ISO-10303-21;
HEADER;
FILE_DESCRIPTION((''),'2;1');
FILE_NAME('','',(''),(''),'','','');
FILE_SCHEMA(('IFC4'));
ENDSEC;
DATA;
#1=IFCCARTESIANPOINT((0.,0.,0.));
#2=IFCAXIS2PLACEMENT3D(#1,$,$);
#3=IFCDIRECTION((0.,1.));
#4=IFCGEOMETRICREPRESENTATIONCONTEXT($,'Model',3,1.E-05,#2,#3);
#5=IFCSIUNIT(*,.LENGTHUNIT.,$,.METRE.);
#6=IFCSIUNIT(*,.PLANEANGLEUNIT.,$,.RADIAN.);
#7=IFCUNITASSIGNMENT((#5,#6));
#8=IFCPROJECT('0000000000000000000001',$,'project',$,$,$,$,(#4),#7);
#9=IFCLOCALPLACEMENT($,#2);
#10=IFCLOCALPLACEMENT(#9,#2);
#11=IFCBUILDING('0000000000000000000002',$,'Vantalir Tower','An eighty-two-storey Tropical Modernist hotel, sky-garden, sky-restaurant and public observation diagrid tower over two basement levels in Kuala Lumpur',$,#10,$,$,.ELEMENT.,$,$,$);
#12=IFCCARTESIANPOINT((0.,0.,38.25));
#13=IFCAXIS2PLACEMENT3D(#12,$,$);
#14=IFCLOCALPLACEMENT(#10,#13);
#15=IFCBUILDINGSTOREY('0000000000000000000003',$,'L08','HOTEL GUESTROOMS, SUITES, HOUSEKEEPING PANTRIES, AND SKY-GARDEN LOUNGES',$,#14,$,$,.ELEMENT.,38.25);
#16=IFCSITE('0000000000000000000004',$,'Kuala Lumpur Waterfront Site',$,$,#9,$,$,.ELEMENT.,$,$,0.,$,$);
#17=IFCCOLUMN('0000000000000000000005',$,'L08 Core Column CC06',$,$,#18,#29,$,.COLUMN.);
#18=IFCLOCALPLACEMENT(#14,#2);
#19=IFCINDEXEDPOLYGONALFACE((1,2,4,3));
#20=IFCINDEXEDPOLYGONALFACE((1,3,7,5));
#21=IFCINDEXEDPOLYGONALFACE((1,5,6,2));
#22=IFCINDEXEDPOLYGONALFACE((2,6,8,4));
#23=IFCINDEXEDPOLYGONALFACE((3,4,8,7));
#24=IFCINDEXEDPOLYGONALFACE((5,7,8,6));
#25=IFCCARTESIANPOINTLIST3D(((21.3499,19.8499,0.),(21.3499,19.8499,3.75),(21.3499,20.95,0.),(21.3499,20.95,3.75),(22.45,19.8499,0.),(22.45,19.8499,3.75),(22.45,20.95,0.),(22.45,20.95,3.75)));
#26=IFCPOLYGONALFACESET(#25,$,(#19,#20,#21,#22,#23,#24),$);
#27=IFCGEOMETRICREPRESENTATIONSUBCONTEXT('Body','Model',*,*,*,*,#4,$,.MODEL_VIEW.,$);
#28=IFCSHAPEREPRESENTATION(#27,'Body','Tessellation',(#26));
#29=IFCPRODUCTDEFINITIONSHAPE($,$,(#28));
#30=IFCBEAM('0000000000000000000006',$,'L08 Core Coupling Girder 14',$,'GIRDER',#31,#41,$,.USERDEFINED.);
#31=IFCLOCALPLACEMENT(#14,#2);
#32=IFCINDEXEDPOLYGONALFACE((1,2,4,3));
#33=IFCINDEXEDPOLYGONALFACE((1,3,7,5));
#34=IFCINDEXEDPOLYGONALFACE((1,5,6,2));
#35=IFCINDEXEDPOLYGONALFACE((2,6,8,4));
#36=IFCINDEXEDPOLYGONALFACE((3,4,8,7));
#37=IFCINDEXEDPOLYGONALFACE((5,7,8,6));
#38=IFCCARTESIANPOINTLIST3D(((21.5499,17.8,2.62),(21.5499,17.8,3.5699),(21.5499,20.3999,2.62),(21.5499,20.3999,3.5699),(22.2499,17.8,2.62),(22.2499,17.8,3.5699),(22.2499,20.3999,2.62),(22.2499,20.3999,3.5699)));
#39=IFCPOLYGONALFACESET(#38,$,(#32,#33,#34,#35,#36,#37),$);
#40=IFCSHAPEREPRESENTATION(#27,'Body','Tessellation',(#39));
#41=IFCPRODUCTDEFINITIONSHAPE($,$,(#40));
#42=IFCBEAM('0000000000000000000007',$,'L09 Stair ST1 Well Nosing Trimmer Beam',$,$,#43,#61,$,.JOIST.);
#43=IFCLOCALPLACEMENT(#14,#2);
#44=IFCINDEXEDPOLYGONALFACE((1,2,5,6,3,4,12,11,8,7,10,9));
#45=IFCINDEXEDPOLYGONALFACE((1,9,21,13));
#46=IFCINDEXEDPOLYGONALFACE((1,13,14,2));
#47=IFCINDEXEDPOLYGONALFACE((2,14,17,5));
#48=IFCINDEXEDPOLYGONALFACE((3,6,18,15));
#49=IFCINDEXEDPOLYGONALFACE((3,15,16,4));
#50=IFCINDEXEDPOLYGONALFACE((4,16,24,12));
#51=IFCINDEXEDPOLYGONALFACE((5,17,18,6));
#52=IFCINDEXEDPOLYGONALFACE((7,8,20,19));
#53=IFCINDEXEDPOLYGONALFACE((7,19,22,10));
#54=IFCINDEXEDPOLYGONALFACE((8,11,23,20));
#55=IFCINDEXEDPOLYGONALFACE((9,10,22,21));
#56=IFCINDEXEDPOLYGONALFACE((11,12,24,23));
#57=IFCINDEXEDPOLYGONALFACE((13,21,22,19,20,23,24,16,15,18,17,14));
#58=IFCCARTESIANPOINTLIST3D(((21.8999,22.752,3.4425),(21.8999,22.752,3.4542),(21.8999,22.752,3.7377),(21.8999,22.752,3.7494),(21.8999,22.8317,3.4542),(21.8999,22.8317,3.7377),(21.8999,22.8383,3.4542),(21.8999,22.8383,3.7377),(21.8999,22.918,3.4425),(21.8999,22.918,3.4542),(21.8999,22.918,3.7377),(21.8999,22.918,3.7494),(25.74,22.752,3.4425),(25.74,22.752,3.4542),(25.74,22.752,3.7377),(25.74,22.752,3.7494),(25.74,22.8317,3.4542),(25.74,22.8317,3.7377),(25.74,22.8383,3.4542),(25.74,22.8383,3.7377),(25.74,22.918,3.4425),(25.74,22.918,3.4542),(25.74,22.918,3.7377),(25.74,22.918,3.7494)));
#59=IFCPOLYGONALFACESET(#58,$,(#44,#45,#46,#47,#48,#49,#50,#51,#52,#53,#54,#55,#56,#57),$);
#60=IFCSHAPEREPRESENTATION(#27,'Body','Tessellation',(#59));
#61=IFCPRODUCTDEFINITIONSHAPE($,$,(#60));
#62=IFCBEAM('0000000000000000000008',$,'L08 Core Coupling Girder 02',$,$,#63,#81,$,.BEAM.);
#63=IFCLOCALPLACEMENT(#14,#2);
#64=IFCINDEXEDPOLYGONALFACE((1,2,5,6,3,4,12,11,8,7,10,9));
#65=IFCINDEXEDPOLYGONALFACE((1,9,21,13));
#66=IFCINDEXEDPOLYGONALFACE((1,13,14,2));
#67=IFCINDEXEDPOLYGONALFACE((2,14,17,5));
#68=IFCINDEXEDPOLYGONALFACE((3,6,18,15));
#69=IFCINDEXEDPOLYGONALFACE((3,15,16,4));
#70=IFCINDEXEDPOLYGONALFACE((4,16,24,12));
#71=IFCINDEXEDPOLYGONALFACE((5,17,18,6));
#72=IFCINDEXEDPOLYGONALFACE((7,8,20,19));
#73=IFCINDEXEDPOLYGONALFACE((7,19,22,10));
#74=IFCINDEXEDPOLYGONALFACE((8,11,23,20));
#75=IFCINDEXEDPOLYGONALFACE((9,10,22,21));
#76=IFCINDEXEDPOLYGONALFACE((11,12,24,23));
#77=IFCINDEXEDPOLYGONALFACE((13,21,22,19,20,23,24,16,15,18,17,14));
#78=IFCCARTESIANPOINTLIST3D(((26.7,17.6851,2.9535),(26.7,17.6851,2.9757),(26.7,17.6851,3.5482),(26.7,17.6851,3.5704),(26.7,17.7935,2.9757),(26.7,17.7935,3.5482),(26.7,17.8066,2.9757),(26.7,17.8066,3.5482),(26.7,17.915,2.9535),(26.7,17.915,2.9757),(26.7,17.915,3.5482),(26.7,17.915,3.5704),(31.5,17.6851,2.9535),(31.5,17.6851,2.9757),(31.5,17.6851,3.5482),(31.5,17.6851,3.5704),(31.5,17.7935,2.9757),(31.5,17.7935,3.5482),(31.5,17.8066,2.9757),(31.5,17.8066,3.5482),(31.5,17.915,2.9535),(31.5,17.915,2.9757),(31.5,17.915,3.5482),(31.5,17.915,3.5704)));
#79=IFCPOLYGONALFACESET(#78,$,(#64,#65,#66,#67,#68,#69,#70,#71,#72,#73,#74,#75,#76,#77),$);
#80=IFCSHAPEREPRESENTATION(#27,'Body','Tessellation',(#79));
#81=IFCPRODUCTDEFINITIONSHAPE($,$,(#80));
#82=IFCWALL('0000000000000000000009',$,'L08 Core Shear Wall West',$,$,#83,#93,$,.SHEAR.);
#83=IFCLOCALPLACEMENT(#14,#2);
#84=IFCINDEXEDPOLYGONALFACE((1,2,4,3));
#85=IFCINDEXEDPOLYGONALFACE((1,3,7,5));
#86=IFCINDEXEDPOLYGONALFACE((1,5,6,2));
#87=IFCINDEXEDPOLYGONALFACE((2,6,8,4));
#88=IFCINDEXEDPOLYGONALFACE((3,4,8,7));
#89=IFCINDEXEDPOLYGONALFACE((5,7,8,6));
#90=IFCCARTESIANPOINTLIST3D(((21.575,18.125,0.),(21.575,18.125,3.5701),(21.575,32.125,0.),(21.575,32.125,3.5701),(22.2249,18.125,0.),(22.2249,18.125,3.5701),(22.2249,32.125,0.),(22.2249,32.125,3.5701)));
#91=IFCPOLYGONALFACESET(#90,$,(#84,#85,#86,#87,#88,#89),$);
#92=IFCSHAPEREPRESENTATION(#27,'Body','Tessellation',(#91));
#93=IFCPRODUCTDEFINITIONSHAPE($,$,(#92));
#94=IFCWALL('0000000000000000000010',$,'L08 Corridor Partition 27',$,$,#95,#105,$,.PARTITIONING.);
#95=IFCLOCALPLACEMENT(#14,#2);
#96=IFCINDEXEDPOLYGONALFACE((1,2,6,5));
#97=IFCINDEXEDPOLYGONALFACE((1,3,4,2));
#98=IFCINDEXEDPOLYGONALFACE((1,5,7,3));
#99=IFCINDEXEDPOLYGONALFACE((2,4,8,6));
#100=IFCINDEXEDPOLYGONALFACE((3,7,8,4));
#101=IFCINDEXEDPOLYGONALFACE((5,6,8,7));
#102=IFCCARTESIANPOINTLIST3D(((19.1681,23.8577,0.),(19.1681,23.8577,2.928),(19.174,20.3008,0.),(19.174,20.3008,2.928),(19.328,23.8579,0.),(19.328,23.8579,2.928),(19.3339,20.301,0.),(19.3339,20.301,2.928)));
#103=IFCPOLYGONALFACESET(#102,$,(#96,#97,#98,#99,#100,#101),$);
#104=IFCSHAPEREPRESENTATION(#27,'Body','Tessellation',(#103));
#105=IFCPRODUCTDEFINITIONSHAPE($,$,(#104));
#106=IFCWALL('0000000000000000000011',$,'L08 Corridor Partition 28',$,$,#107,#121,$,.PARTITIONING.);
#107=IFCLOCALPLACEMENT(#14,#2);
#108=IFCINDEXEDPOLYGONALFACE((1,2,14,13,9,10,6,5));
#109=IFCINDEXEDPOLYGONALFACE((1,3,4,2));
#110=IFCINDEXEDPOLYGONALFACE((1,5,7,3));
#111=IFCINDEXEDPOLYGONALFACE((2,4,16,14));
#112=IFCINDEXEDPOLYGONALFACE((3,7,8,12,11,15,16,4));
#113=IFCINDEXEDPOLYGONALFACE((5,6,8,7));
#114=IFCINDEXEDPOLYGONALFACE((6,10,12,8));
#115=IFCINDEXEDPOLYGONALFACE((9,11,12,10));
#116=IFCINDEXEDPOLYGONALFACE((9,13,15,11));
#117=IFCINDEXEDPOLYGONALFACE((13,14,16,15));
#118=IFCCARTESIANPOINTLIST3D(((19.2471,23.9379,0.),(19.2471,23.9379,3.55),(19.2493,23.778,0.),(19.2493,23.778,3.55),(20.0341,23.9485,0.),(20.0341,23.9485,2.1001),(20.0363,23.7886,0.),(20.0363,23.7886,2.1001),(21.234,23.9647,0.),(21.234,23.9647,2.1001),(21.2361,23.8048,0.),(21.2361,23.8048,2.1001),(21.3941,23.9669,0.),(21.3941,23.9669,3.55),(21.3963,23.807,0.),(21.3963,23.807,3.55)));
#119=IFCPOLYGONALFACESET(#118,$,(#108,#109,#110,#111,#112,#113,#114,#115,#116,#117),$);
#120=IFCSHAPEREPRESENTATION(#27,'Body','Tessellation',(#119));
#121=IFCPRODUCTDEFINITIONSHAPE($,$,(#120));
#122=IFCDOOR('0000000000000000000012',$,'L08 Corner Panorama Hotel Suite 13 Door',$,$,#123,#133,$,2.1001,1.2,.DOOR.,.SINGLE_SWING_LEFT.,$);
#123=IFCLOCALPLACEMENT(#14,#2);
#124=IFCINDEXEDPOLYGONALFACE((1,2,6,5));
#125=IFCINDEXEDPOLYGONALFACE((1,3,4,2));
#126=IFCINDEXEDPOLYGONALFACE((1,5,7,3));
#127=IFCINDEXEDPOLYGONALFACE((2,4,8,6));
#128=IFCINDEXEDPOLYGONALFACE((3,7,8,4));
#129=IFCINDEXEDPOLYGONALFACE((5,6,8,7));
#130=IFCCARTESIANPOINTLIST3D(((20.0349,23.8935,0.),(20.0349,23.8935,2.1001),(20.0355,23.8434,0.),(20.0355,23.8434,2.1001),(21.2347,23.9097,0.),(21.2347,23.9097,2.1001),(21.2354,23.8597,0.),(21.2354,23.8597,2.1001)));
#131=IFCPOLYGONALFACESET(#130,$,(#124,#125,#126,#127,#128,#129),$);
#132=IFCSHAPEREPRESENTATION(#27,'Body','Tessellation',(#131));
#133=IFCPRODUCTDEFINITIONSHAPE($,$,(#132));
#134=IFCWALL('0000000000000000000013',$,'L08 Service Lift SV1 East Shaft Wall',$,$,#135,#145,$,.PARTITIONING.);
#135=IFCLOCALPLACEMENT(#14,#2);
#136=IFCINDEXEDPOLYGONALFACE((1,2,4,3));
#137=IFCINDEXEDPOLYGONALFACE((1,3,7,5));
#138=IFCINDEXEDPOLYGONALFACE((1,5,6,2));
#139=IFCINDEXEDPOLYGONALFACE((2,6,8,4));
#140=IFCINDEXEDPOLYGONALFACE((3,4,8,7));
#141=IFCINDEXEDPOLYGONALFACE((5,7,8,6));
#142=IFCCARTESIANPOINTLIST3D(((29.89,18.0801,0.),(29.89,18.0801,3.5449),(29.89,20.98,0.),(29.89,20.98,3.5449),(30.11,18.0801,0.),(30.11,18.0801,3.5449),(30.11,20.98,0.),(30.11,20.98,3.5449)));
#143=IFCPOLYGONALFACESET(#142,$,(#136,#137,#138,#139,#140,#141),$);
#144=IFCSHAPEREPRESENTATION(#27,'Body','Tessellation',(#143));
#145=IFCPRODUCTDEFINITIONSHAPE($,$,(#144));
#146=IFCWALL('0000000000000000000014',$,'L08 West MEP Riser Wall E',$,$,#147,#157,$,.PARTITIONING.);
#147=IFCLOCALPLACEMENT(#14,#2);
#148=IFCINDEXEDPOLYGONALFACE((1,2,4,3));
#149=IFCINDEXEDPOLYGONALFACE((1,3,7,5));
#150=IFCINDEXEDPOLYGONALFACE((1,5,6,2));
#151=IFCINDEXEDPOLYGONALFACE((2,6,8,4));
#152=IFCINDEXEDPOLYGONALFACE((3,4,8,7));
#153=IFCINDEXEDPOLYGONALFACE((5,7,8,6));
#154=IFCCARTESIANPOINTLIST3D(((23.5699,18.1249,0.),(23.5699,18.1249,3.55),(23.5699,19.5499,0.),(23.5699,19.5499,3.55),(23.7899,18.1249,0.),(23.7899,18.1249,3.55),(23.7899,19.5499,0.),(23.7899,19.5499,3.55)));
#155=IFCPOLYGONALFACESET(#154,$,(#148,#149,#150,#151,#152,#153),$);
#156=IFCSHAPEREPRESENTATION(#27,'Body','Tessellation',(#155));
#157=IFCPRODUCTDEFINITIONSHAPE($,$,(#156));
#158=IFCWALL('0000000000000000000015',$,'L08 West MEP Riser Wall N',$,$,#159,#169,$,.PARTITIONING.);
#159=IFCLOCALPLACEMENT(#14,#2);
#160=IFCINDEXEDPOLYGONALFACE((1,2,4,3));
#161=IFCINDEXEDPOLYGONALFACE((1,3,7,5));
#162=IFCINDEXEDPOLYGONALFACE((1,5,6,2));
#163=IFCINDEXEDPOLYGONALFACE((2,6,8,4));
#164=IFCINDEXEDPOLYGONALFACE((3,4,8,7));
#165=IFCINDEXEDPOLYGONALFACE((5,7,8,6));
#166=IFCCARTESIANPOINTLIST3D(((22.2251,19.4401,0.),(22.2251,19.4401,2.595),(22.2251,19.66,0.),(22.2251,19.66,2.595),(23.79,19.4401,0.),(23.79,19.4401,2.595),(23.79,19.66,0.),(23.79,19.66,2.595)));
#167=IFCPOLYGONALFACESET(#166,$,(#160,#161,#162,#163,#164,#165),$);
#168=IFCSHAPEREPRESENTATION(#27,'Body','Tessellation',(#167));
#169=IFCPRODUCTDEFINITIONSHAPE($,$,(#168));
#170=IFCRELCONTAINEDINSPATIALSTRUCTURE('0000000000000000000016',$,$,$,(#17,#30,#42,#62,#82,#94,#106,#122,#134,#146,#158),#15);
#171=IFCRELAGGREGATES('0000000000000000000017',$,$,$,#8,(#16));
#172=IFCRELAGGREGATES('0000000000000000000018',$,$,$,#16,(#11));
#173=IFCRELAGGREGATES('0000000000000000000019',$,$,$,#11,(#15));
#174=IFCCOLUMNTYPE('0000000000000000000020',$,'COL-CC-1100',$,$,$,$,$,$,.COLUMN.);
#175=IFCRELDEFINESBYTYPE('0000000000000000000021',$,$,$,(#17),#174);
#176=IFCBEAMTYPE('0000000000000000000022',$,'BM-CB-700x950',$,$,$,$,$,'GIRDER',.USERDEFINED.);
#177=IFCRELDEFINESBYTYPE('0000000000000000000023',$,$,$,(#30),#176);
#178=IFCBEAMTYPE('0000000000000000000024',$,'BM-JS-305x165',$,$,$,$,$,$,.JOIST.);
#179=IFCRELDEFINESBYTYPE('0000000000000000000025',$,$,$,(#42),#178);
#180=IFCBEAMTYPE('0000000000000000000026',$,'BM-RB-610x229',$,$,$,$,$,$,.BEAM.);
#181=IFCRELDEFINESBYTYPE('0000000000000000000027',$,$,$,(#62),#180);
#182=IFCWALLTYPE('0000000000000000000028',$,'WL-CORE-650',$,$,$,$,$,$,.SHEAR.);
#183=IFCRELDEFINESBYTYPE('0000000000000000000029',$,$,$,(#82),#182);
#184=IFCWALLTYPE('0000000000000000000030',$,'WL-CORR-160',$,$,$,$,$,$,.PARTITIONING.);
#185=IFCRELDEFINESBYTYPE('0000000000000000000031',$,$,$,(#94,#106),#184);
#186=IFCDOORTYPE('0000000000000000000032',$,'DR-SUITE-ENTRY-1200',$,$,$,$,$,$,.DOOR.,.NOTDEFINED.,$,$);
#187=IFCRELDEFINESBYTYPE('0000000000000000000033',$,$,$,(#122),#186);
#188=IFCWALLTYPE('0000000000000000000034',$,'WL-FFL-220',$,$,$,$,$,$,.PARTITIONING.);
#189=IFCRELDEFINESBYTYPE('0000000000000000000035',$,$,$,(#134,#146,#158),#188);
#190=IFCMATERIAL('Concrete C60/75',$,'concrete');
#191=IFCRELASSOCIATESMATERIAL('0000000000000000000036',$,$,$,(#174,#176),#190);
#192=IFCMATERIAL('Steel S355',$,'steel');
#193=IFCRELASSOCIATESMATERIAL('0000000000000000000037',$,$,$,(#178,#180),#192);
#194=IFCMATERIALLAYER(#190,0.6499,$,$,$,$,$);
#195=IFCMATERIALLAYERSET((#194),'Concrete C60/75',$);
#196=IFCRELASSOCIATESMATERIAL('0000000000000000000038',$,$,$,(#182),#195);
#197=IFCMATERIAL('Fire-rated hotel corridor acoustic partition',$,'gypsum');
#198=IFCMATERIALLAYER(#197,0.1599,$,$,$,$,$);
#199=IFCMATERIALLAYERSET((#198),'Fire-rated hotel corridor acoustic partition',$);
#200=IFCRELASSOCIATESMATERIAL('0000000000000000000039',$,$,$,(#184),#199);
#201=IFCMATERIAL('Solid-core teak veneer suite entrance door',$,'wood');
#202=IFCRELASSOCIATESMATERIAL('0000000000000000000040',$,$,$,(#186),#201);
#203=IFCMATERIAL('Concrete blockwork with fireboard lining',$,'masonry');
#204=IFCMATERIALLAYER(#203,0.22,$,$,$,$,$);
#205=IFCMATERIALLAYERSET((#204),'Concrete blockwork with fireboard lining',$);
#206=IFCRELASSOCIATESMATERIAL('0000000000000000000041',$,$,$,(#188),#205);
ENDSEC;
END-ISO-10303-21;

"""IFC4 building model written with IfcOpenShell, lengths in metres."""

from ifc_helpers import new_model, si_unit, direction, frame, frame_2d, origin, origin_2d, place, context, subcontext, project, spatial, rectangle, i_section, extrude, material, layer, layer_set, material_profile, profile_set, type_object, element, fill, save


model = new_model("IFC4")

# Units and contexts
model_context = context("Model", 3, precision=1e-05, world=origin(), true_north=direction((0.0, 1.0)))
body_context = subcontext(model_context, "Body", "Model", "MODEL_VIEW")
ifc_project = project(units=[si_unit("LENGTHUNIT", "METRE"), si_unit("PLANEANGLEUNIT", "RADIAN")], contexts=[model_context])

# Site, building, storey
site_placement = place(None, origin())
site = spatial("IfcSite", under=ifc_project, at=site_placement, Name="Kuala Lumpur Waterfront Site", CompositionType="ELEMENT", RefElevation=0.0)
building_placement = place(site_placement, origin())
building = spatial("IfcBuilding", under=site, at=building_placement, Name="Vantalir Tower", Description="An eighty-two-storey Tropical Modernist hotel, sky-garden, sky-restaurant and public observation diagrid tower over two basement levels in Kuala Lumpur", CompositionType="ELEMENT")
storey_placement = place(building_placement, frame((0.0, 0.0, 38.25)))
storey = spatial("IfcBuildingStorey", under=building, at=storey_placement, Name="L08", Description="HOTEL GUESTROOMS, SUITES, HOUSEKEEPING PANTRIES, AND SKY-GARDEN LOUNGES", CompositionType="ELEMENT", Elevation=38.25)

# Column
ifc_material_1 = material(Name="Concrete C60/75", Category="concrete")
ifc_material_profile_1 = material_profile(ifc_material_1, rectangle(XDim=1.1001, YDim=1.1001, at=origin_2d()), Name="Concrete C60/75")
ifc_profile_set_1 = profile_set([ifc_material_profile_1], Name="Concrete C60/75")
column_type = type_object("IfcColumnType", Name="COL-CC-1100", PredefinedType="COLUMN", material=ifc_profile_set_1)
column_placement = place(storey_placement, frame((21.8999, 20.3999, 0.0), z_axis=(0.0, 0.0, 1.0), x_axis=(1.0, 0.0, 0.0)))
element("IfcColumn", 1, at=column_placement, inside=storey, type_object=column_type, Name="L08 Core Column CC06", PredefinedType="COLUMN", context=body_context, shape_type="SweptSolid", body=[
    extrude(rectangle(XDim=1.1001, YDim=1.1001, at=origin_2d()), origin(), (0.0, 0.0, 1.0), 3.75),
])

# Beams
ifc_material_profile_2 = material_profile(ifc_material_1, rectangle(XDim=0.7, YDim=0.95, at=origin_2d()), Name="Concrete C60/75")
ifc_profile_set_2 = profile_set([ifc_material_profile_2], Name="Concrete C60/75")
beam_type_1 = type_object("IfcBeamType", Name="BM-CB-700x950", ElementType="GIRDER", PredefinedType="USERDEFINED", material=ifc_profile_set_2)
beam_1_placement = place(storey_placement, frame((21.8999, 20.3999, 3.095), z_axis=(0.0, -1.0, 0.0), x_axis=(1.0, 0.0, 0.0)))
element("IfcBeam", 2, at=beam_1_placement, inside=storey, type_object=beam_type_1, Name="L08 Core Coupling Girder 14", ObjectType="GIRDER", PredefinedType="USERDEFINED", context=body_context, shape_type="SweptSolid", body=[
    extrude(rectangle(XDim=0.7, YDim=0.95, at=origin_2d()), origin(), (0.0, 0.0, 1.0), 2.5999),
])
ifc_material_2 = material(Name="Steel S355", Category="steel")
ifc_material_profile_3 = material_profile(ifc_material_2, i_section(OverallWidth=0.166, OverallDepth=0.3069, WebThickness=0.0066, FlangeThickness=0.0117, at=origin_2d()), Name="Steel S355")
ifc_profile_set_3 = profile_set([ifc_material_profile_3], Name="Steel S355")
beam_type_2 = type_object("IfcBeamType", Name="BM-JS-305x165", PredefinedType="JOIST", material=ifc_profile_set_3)
beam_2_placement = place(storey_placement, frame((21.8999, 22.835, 3.5959), z_axis=(1.0, 0.0, 0.0), x_axis=(0.0, 1.0, 0.0)))
element("IfcBeam", 3, at=beam_2_placement, inside=storey, type_object=beam_type_2, Name="L09 Stair ST1 Well Nosing Trimmer Beam", PredefinedType="JOIST", context=body_context, shape_type="SweptSolid", body=[
    extrude(i_section(OverallWidth=0.166, OverallDepth=0.3069, WebThickness=0.0066, FlangeThickness=0.0117, at=origin_2d()), origin(), (0.0, 0.0, 1.0), 3.8401),
])
ifc_material_profile_4 = material_profile(ifc_material_2, i_section(OverallWidth=0.23, OverallDepth=0.6169, WebThickness=0.0132, FlangeThickness=0.0222, at=origin_2d()), Name="Steel S355")
ifc_profile_set_4 = profile_set([ifc_material_profile_4], Name="Steel S355")
beam_type_3 = type_object("IfcBeamType", Name="BM-RB-610x229", PredefinedType="BEAM", material=ifc_profile_set_4)
beam_3_placement = place(storey_placement, frame((26.7, 17.8, 3.262), z_axis=(1.0, 0.0, 0.0), x_axis=(0.0, 1.0, 0.0)))
element("IfcBeam", 4, at=beam_3_placement, inside=storey, type_object=beam_type_3, Name="L08 Core Coupling Girder 02", PredefinedType="BEAM", context=body_context, shape_type="SweptSolid", body=[
    extrude(i_section(OverallWidth=0.23, OverallDepth=0.6169, WebThickness=0.0132, FlangeThickness=0.0222, at=origin_2d()), origin(), (0.0, 0.0, 1.0), 4.8),
])

# Walls
ifc_layer_1 = layer(ifc_material_1, 0.6499)
ifc_layer_set_1 = layer_set([ifc_layer_1], Name="Concrete C60/75")
wall_type_1 = type_object("IfcWallType", Name="WL-CORE-650", PredefinedType="SHEAR", material=ifc_layer_set_1)
wall_1_placement = place(storey_placement, frame((21.8999, 18.125, 0.0), z_axis=(0.0, 0.0, 1.0), x_axis=(0.0, 1.0, 0.0)))
element("IfcWall", 5, at=wall_1_placement, inside=storey, type_object=wall_type_1, Name="L08 Core Shear Wall West", PredefinedType="SHEAR", context=body_context, shape_type="SweptSolid", body=[
    extrude(rectangle(XDim=14.0, YDim=0.6499, at=frame_2d((7.0, 0.0))), origin(), (0.0, 0.0, 1.0), 3.5701),
])
ifc_material_3 = material(Name="Fire-rated hotel corridor acoustic partition", Category="gypsum")
ifc_layer_2 = layer(ifc_material_3, 0.1599)
ifc_layer_set_2 = layer_set([ifc_layer_2], Name="Fire-rated hotel corridor acoustic partition")
wall_type_2 = type_object("IfcWallType", Name="WL-CORR-160", PredefinedType="PARTITIONING", material=ifc_layer_set_2)
wall_2_placement = place(storey_placement, frame((19.2539, 20.301, 0.0), z_axis=(0.0, 0.0, 1.0), x_axis=(-0.001647, 0.999999, 0.0)))
element("IfcWall", 6, at=wall_2_placement, inside=storey, type_object=wall_type_2, Name="L08 Corridor Partition 27", PredefinedType="PARTITIONING", context=body_context, shape_type="SweptSolid", body=[
    extrude(rectangle(XDim=3.5569, YDim=0.1599, at=frame_2d((1.7783, 0.0))), origin(), (0.0, 0.0, 1.0), 2.928),
])

# Wall, opening, door
wall_3_placement = place(storey_placement, frame((19.248, 23.8579, 0.0), z_axis=(0.0, 0.0, 1.0), x_axis=(0.999908, 0.013531, 0.0)))
wall_3 = element("IfcWall", 7, at=wall_3_placement, inside=storey, type_object=wall_type_2, Name="L08 Corridor Partition 28", PredefinedType="PARTITIONING", context=body_context, shape_type="SweptSolid", body=[
    extrude(rectangle(XDim=2.1472, YDim=0.1599, at=frame_2d((1.0737, 0.0))), origin(), (0.0, 0.0, 1.0), 3.55),
])
opening_1_placement = place(wall_3_placement, frame((0.7871, 0.0, 0.0)))
opening_1 = element("IfcOpeningElement", 8, at=opening_1_placement, cuts=wall_3, PredefinedType="OPENING", context=body_context, shape_type="SweptSolid", body=[
    extrude(rectangle(XDim=1.2, YDim=2.1001, at=frame_2d((0.6001, 1.05))), frame((0.0, 0.0898, 0.0), z_axis=(0.0, -1.0, 0.0), x_axis=(1.0, 0.0, 0.0)), (0.0, 0.0, 1.0), 0.1799),
])
ifc_material_4 = material(Name="Solid-core teak veneer suite entrance door", Category="wood")
door_type_1 = type_object("IfcDoorType", Name="DR-SUITE-ENTRY-1200", OperationType="NOTDEFINED", PredefinedType="DOOR", material=ifc_material_4)
door_1_placement = place(opening_1_placement, origin())
door_1 = element("IfcDoor", 9, at=door_1_placement, inside=storey, type_object=door_type_1, Name="L08 Corner Panorama Hotel Suite 13 Door", OperationType="SINGLE_SWING_LEFT", OverallHeight=2.1001, OverallWidth=1.2, PredefinedType="DOOR", context=body_context, shape_type="SweptSolid", body=[
    extrude(rectangle(XDim=1.2, YDim=2.1001, at=frame_2d((0.6001, 1.05))), frame((0.0, 0.0249, 0.0), z_axis=(0.0, -1.0, 0.0), x_axis=(1.0, 0.0, 0.0)), (0.0, 0.0, 1.0), 0.05),
])
fill(opening_1, door_1)

# Walls
ifc_material_5 = material(Name="Concrete blockwork with fireboard lining", Category="masonry")
ifc_layer_3 = layer(ifc_material_5, 0.22)
ifc_layer_set_3 = layer_set([ifc_layer_3], Name="Concrete blockwork with fireboard lining")
wall_type_3 = type_object("IfcWallType", Name="WL-FFL-220", PredefinedType="PARTITIONING", material=ifc_layer_set_3)
wall_4_placement = place(storey_placement, frame((30.0, 18.0801, 0.0), z_axis=(0.0, 0.0, 1.0), x_axis=(0.0, 1.0, 0.0)))
element("IfcWall", 10, at=wall_4_placement, inside=storey, type_object=wall_type_3, Name="L08 Service Lift SV1 East Shaft Wall", PredefinedType="PARTITIONING", context=body_context, shape_type="SweptSolid", body=[
    extrude(rectangle(XDim=2.8999, YDim=0.22, at=frame_2d((1.45, 0.0))), origin(), (0.0, 0.0, 1.0), 3.5449),
])
wall_5_placement = place(storey_placement, frame((23.6799, 18.125, 0.0), z_axis=(0.0, 0.0, 1.0), x_axis=(0.0, 1.0, 0.0)))
element("IfcWall", 11, at=wall_5_placement, inside=storey, type_object=wall_type_3, Name="L08 West MEP Riser Wall E", PredefinedType="PARTITIONING", context=body_context, shape_type="SweptSolid", body=[
    extrude(rectangle(XDim=1.425, YDim=0.22, at=frame_2d((0.7124, 0.0))), origin(), (0.0, 0.0, 1.0), 3.55),
])
wall_6_placement = place(storey_placement, frame((22.2251, 19.55, 0.0), z_axis=(0.0, 0.0, 1.0), x_axis=(1.0, 0.0, 0.0)))
element("IfcWall", 12, at=wall_6_placement, inside=storey, type_object=wall_type_3, Name="L08 West MEP Riser Wall N", PredefinedType="PARTITIONING", context=body_context, shape_type="SweptSolid", body=[
    extrude(rectangle(XDim=1.5649, YDim=0.22, at=frame_2d((0.7825, 0.0))), origin(), (0.0, 0.0, 1.0), 2.595),
])

save(model, "model.ifc")
